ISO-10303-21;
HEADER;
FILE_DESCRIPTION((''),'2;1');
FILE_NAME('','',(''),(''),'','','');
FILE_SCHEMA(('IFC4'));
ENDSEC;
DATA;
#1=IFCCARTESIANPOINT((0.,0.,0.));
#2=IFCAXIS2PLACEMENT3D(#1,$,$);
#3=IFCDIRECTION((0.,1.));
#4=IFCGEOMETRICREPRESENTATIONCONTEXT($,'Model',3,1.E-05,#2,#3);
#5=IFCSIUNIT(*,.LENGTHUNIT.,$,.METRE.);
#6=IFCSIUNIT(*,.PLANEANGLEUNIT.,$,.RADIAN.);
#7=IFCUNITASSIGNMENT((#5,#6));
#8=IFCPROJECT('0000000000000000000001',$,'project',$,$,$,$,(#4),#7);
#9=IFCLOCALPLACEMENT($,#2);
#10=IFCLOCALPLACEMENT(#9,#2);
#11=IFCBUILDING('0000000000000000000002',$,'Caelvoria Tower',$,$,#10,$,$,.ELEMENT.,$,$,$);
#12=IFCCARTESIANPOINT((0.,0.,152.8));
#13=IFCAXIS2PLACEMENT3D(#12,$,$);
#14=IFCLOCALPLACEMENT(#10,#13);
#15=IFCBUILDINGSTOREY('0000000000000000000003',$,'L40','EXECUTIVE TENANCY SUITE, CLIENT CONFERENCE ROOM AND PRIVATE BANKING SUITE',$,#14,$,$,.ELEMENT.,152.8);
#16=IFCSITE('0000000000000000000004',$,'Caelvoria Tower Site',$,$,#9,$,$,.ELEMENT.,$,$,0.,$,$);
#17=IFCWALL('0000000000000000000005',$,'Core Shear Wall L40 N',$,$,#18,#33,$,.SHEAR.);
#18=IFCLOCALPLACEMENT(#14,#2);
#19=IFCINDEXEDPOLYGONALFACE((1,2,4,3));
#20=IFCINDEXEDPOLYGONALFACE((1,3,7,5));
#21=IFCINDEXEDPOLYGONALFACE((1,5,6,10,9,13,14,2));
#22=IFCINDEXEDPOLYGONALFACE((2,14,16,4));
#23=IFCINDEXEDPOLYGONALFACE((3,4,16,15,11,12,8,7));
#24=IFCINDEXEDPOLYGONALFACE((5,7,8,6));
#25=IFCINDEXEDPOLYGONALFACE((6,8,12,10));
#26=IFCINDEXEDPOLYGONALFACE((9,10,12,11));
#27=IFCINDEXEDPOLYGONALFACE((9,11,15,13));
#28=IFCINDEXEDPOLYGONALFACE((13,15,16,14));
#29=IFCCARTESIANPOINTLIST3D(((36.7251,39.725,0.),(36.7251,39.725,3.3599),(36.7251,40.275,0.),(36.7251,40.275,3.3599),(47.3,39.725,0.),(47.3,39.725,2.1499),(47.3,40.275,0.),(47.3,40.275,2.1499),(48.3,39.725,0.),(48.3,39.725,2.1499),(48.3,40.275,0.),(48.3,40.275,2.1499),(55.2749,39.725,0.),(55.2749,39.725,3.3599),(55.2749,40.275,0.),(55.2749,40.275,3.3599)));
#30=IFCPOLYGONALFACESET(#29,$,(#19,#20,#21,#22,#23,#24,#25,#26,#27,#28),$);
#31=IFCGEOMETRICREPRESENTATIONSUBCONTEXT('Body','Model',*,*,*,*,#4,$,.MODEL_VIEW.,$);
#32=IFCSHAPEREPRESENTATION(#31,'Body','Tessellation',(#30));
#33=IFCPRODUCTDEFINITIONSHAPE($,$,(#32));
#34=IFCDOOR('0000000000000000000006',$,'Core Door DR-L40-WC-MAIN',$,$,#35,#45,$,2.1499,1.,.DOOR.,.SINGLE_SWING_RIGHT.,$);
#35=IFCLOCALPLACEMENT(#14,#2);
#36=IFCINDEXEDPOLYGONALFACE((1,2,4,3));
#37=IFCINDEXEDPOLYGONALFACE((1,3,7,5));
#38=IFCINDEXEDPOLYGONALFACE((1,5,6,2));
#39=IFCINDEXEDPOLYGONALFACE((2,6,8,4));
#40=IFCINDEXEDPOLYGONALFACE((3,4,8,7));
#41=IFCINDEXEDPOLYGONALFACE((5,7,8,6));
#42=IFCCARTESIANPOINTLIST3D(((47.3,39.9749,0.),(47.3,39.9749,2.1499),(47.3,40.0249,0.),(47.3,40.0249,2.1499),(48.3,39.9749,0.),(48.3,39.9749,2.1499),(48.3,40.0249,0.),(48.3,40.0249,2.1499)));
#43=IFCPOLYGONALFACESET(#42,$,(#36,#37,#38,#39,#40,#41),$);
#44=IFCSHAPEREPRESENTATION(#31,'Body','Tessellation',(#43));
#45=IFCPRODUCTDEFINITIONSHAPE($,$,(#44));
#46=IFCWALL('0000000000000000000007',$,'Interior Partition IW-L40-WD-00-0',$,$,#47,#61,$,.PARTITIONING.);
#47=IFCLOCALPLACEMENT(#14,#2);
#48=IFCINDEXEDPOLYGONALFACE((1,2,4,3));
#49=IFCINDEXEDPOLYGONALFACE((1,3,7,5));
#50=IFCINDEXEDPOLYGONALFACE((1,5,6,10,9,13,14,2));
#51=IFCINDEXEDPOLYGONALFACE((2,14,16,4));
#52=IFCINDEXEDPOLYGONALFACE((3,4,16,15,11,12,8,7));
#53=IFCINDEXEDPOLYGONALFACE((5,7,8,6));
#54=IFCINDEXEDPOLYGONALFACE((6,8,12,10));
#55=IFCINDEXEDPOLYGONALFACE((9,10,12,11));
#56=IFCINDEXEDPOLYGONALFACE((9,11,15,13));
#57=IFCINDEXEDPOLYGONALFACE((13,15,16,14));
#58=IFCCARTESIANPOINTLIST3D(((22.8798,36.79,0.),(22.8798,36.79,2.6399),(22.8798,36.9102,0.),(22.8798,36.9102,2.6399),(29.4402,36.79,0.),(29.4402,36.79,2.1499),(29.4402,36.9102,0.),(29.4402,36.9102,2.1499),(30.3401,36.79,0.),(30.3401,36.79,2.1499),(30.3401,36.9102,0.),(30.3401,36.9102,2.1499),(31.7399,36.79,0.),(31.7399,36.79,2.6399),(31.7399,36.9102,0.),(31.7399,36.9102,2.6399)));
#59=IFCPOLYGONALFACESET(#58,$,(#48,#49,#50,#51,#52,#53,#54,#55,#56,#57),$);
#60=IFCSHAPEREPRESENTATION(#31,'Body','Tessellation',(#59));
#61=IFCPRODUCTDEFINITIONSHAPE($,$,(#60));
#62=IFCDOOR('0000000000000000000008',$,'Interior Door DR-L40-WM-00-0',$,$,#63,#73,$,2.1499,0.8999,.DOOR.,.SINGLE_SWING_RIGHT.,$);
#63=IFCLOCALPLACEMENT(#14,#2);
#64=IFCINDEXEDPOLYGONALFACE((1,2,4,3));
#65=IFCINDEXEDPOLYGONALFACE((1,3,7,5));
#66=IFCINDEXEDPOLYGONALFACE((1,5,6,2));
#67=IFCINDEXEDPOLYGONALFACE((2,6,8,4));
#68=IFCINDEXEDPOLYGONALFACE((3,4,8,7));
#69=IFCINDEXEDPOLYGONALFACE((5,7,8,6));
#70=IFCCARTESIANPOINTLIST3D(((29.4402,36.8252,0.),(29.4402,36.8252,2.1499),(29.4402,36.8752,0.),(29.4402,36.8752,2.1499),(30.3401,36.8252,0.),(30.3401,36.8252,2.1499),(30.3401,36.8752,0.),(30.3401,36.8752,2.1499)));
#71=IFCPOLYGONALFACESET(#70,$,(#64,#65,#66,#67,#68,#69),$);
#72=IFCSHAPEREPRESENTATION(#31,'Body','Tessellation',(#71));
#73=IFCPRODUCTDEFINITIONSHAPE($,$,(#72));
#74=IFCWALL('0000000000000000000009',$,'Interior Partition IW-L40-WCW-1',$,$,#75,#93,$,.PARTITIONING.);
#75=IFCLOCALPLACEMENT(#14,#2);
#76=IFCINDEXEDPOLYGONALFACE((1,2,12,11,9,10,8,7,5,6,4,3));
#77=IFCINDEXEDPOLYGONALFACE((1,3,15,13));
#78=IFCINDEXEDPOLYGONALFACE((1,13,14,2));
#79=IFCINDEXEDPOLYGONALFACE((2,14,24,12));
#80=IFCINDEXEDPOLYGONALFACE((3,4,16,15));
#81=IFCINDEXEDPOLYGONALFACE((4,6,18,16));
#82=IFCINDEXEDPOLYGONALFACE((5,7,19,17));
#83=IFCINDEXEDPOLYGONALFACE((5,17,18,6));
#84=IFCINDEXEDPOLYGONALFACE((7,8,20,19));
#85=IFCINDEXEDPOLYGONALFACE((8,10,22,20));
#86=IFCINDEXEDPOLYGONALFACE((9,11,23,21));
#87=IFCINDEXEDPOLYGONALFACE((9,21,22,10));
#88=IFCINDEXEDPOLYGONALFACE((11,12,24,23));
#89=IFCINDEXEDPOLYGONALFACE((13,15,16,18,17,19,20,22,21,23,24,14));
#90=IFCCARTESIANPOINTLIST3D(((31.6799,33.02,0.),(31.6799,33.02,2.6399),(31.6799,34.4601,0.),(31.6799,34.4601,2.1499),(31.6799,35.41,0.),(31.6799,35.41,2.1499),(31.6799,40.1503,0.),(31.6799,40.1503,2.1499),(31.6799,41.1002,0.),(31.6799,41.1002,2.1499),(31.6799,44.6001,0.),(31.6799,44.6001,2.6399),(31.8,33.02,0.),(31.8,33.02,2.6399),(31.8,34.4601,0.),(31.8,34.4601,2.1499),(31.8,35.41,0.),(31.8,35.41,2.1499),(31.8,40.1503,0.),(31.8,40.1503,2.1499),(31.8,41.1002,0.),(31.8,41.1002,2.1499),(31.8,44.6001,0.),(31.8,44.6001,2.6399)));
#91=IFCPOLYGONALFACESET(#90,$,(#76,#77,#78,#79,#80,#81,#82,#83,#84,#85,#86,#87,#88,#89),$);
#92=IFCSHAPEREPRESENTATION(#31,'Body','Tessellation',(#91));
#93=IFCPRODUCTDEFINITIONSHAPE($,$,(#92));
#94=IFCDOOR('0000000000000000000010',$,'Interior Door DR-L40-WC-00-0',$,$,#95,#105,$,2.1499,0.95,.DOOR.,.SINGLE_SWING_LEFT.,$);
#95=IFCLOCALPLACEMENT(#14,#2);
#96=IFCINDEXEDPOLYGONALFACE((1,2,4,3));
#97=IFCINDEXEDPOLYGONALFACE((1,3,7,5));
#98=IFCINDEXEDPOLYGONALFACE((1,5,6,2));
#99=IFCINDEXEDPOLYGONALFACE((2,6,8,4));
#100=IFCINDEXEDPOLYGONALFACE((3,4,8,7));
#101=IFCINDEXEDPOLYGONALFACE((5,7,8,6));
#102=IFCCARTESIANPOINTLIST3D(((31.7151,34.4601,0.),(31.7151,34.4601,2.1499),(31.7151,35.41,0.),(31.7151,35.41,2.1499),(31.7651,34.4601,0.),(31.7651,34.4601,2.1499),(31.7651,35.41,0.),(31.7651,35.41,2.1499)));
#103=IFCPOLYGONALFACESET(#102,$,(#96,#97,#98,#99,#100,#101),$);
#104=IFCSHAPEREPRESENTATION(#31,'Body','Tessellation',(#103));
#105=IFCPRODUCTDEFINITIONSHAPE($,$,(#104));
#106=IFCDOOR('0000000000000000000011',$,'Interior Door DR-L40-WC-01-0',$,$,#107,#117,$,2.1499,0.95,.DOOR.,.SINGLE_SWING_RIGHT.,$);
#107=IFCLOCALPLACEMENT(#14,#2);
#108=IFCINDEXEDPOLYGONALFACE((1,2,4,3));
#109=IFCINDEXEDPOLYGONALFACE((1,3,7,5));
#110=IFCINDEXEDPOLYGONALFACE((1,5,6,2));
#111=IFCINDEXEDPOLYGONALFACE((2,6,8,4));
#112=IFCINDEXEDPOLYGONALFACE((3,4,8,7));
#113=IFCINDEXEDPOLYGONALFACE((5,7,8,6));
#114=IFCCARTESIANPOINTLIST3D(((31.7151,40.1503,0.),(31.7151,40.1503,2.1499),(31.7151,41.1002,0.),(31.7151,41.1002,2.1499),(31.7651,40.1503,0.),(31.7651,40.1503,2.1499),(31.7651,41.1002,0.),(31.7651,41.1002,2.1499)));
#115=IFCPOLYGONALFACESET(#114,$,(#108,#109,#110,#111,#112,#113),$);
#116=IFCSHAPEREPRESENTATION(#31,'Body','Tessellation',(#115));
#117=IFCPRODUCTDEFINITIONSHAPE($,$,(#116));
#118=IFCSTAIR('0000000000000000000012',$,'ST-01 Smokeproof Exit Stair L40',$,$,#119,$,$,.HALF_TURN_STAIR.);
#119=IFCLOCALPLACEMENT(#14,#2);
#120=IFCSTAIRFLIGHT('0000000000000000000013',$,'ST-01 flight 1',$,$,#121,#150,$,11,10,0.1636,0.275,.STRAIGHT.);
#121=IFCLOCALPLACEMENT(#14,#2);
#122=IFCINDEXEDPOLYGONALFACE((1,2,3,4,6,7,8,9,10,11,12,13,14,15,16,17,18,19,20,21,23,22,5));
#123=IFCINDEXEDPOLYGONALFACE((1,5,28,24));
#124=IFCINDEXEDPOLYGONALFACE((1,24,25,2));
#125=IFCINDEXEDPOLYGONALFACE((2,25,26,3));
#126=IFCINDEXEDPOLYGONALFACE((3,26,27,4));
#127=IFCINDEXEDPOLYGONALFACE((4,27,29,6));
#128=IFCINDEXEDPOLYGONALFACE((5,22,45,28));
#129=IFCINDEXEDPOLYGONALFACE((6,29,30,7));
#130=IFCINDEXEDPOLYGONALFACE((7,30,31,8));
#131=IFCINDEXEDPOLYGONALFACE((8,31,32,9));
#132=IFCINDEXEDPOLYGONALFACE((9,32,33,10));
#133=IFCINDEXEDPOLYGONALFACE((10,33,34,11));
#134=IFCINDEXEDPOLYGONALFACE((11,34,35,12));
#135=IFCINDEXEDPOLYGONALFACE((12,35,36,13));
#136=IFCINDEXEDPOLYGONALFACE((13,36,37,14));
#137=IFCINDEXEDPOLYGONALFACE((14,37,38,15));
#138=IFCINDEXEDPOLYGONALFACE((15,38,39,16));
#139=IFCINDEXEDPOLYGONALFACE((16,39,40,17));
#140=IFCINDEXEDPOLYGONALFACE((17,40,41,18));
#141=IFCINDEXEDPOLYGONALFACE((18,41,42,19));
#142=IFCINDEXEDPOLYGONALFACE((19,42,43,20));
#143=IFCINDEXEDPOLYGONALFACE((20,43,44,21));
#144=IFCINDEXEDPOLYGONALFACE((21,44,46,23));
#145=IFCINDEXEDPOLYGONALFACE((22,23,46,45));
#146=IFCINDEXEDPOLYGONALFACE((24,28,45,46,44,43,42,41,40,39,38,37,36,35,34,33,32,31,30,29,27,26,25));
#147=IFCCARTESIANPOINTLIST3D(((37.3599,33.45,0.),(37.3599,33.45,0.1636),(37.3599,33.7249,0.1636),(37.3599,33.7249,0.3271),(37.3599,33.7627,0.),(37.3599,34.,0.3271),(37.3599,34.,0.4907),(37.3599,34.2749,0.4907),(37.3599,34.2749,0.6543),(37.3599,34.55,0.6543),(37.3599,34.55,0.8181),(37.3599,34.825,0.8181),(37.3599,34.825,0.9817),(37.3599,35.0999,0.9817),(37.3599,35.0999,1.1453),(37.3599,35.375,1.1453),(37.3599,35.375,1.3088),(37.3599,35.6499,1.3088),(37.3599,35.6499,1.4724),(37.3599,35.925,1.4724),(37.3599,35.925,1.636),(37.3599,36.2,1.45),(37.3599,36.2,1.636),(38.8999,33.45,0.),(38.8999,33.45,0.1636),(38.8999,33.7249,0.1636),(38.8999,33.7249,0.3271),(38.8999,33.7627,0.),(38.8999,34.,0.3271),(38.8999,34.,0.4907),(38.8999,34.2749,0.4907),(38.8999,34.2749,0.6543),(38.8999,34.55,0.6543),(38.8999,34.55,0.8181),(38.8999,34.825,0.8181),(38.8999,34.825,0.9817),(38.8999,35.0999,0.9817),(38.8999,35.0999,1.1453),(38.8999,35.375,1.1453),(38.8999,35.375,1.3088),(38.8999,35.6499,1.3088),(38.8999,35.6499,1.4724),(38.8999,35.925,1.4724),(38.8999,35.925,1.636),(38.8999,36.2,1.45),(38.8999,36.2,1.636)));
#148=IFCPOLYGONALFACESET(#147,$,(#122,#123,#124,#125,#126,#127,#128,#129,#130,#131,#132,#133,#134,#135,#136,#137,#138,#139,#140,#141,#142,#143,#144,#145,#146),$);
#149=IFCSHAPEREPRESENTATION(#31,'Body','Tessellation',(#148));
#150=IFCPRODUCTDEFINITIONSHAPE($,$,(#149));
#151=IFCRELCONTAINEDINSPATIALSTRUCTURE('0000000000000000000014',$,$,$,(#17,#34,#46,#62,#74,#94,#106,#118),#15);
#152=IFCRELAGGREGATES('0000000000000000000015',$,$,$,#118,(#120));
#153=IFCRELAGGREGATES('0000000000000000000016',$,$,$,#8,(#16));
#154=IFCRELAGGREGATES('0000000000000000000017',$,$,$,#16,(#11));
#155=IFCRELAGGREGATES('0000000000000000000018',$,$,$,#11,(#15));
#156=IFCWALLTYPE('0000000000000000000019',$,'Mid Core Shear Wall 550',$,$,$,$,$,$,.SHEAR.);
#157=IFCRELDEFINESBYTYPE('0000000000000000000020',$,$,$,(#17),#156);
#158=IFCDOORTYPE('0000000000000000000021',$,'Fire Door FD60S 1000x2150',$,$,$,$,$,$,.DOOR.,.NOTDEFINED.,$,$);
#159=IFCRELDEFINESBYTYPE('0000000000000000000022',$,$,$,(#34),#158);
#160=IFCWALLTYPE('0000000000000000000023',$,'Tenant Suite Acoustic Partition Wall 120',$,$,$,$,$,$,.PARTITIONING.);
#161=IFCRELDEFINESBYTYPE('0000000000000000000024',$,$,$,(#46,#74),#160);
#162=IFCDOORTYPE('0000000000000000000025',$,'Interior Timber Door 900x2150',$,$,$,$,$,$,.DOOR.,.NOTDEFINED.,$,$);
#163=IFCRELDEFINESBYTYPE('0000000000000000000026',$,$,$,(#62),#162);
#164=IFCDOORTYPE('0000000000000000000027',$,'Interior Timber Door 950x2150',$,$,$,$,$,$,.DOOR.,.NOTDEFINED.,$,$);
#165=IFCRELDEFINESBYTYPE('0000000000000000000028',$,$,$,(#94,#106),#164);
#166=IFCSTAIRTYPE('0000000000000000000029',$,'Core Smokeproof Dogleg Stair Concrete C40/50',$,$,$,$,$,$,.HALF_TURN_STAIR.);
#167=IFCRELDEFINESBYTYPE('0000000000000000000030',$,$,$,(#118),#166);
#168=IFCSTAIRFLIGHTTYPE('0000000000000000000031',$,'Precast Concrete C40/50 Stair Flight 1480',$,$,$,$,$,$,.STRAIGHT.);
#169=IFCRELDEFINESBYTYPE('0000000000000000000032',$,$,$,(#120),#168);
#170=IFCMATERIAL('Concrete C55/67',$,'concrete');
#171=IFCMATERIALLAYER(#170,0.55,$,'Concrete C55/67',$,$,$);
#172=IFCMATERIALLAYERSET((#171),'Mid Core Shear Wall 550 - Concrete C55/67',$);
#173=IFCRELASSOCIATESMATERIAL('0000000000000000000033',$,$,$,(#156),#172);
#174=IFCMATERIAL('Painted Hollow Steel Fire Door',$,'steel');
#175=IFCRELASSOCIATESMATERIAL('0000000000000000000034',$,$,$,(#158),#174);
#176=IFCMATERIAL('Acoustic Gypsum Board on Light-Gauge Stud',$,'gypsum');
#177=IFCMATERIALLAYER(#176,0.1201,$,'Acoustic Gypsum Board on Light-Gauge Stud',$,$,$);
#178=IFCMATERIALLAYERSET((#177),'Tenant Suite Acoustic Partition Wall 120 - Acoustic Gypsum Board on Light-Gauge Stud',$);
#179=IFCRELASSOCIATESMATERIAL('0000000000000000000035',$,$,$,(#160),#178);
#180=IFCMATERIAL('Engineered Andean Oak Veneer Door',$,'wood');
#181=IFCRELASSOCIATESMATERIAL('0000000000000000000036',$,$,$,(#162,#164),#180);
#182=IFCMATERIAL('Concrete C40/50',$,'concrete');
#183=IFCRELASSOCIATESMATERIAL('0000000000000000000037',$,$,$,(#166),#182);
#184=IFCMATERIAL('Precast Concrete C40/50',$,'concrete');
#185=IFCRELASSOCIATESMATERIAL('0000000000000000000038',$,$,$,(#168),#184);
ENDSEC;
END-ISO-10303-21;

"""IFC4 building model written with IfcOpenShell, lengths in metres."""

from ifc_helpers import new_model, si_unit, direction, frame, frame_2d, origin, place, context, subcontext, project, spatial, polyline, rectangle, outline, extrude, material, layer, layer_set, type_object, element, fill, aggregate, save


model = new_model("IFC4")

# Units and contexts
model_context = context("Model", 3, precision=1e-05, world=origin(), true_north=direction((0.0, 1.0)))
body_context = subcontext(model_context, "Body", "Model", "MODEL_VIEW")
ifc_project = project(units=[si_unit("LENGTHUNIT", "METRE"), si_unit("PLANEANGLEUNIT", "RADIAN")], contexts=[model_context])

# Site, building, storey
site_placement = place(None, origin())
site = spatial("IfcSite", under=ifc_project, at=site_placement, Name="Caelvoria Tower Site", CompositionType="ELEMENT", RefElevation=0.0)
building_placement = place(site_placement, origin())
building = spatial("IfcBuilding", under=site, at=building_placement, Name="Caelvoria Tower", CompositionType="ELEMENT")
storey_placement = place(building_placement, frame((0.0, 0.0, 152.8)))
storey = spatial("IfcBuildingStorey", under=building, at=storey_placement, Name="L40", Description="EXECUTIVE TENANCY SUITE, CLIENT CONFERENCE ROOM AND PRIVATE BANKING SUITE", CompositionType="ELEMENT", Elevation=152.8)

# Walls, openings, doors
ifc_material_1 = material(Name="Concrete C55/67", Category="concrete")
ifc_layer_1 = layer(ifc_material_1, 0.55, Name="Concrete C55/67")
ifc_layer_set_1 = layer_set([ifc_layer_1], Name="Mid Core Shear Wall 550 - Concrete C55/67")
wall_type_1 = type_object("IfcWallType", Name="Mid Core Shear Wall 550", PredefinedType="SHEAR", material=ifc_layer_set_1)
wall_1_placement = place(storey_placement, frame((36.7251, 40.0, 0.0), z_axis=(0.0, 0.0, 1.0), x_axis=(1.0, 0.0, 0.0)))
wall_1 = element("IfcWall", 1, at=wall_1_placement, inside=storey, type_object=wall_type_1, Name="Core Shear Wall L40 N", PredefinedType="SHEAR", context=body_context, shape_type="SweptSolid", body=[
    extrude(rectangle(XDim=18.5498, YDim=0.55, at=frame_2d((9.2749, 0.0))), origin(), (0.0, 0.0, 1.0), 3.3599),
])
opening_1_placement = place(wall_1_placement, frame((10.575, 0.0, 0.0)))
opening_1 = element("IfcOpeningElement", 2, at=opening_1_placement, cuts=wall_1, PredefinedType="OPENING", context=body_context, shape_type="SweptSolid", body=[
    extrude(rectangle(XDim=1.0, YDim=2.1499, at=frame_2d((0.5, 1.075))), frame((0.0, 0.2849, 0.0), z_axis=(0.0, -1.0, 0.0), x_axis=(1.0, 0.0, 0.0)), (0.0, 0.0, 1.0), 0.5701),
])
ifc_material_2 = material(Name="Painted Hollow Steel Fire Door", Category="steel")
door_type_1 = type_object("IfcDoorType", Name="Fire Door FD60S 1000x2150", OperationType="NOTDEFINED", PredefinedType="DOOR", material=ifc_material_2)
door_1_placement = place(opening_1_placement, origin())
door_1 = element("IfcDoor", 3, at=door_1_placement, inside=storey, type_object=door_type_1, Name="Core Door DR-L40-WC-MAIN", OperationType="SINGLE_SWING_RIGHT", OverallHeight=2.1499, OverallWidth=1.0, PredefinedType="DOOR", context=body_context, shape_type="SweptSolid", body=[
    extrude(rectangle(XDim=1.0, YDim=2.1499, at=frame_2d((0.5, 1.075))), frame((0.0, 0.0249, 0.0), z_axis=(0.0, -1.0, 0.0), x_axis=(1.0, 0.0, 0.0)), (0.0, 0.0, 1.0), 0.05),
])
fill(opening_1, door_1)
ifc_material_3 = material(Name="Acoustic Gypsum Board on Light-Gauge Stud", Category="gypsum")
ifc_layer_2 = layer(ifc_material_3, 0.1201, Name="Acoustic Gypsum Board on Light-Gauge Stud")
ifc_layer_set_2 = layer_set([ifc_layer_2], Name="Tenant Suite Acoustic Partition Wall 120 - Acoustic Gypsum Board on Light-Gauge Stud")
wall_type_2 = type_object("IfcWallType", Name="Tenant Suite Acoustic Partition Wall 120", PredefinedType="PARTITIONING", material=ifc_layer_set_2)
wall_2_placement = place(storey_placement, frame((31.74, 36.8501, 0.0), z_axis=(0.0, 0.0, 1.0), x_axis=(-1.0, 0.0, 0.0)))
wall_2 = element("IfcWall", 4, at=wall_2_placement, inside=storey, type_object=wall_type_2, Name="Interior Partition IW-L40-WD-00-0", PredefinedType="PARTITIONING", context=body_context, shape_type="SweptSolid", body=[
    extrude(rectangle(XDim=8.8601, YDim=0.1201, at=frame_2d((4.4302, 0.0))), origin(), (0.0, 0.0, 1.0), 2.6399),
])
opening_2_placement = place(wall_2_placement, frame((1.3999, 0.0, 0.0)))
opening_2 = element("IfcOpeningElement", 5, at=opening_2_placement, cuts=wall_2, PredefinedType="OPENING", context=body_context, shape_type="SweptSolid", body=[
    extrude(rectangle(XDim=0.8999, YDim=2.1499, at=frame_2d((0.45, 1.075))), frame((0.0, 0.0701, 0.0), z_axis=(0.0, -1.0, 0.0), x_axis=(1.0, 0.0, 0.0)), (0.0, 0.0, 1.0), 0.1401),
])
ifc_material_4 = material(Name="Engineered Andean Oak Veneer Door", Category="wood")
door_type_2 = type_object("IfcDoorType", Name="Interior Timber Door 900x2150", OperationType="NOTDEFINED", PredefinedType="DOOR", material=ifc_material_4)
door_2_placement = place(opening_2_placement, origin())
door_2 = element("IfcDoor", 6, at=door_2_placement, inside=storey, type_object=door_type_2, Name="Interior Door DR-L40-WM-00-0", OperationType="SINGLE_SWING_RIGHT", OverallHeight=2.1499, OverallWidth=0.8999, PredefinedType="DOOR", context=body_context, shape_type="SweptSolid", body=[
    extrude(rectangle(XDim=0.8999, YDim=2.1499, at=frame_2d((0.45, 1.075))), frame((0.0, 0.0249, 0.0), z_axis=(0.0, -1.0, 0.0), x_axis=(1.0, 0.0, 0.0)), (0.0, 0.0, 1.0), 0.05),
])
fill(opening_2, door_2)

# Wall, openings, doors
wall_3_placement = place(storey_placement, frame((31.74, 33.02, 0.0), z_axis=(0.0, 0.0, 1.0), x_axis=(0.0, 1.0, 0.0)))
wall_3 = element("IfcWall", 7, at=wall_3_placement, inside=storey, type_object=wall_type_2, Name="Interior Partition IW-L40-WCW-1", PredefinedType="PARTITIONING", context=body_context, shape_type="SweptSolid", body=[
    extrude(rectangle(XDim=11.5801, YDim=0.1201, at=frame_2d((5.79, 0.0))), origin(), (0.0, 0.0, 1.0), 2.6399),
])
opening_3_placement = place(wall_3_placement, frame((1.4399, 0.0, 0.0)))
opening_3 = element("IfcOpeningElement", 8, at=opening_3_placement, cuts=wall_3, PredefinedType="OPENING", context=body_context, shape_type="SweptSolid", body=[
    extrude(rectangle(XDim=0.95, YDim=2.1499, at=frame_2d((0.4751, 1.075))), frame((0.0, 0.0701, 0.0), z_axis=(0.0, -1.0, 0.0), x_axis=(1.0, 0.0, 0.0)), (0.0, 0.0, 1.0), 0.1401),
])
opening_4_placement = place(wall_3_placement, frame((7.1301, 0.0, 0.0)))
opening_4 = element("IfcOpeningElement", 9, at=opening_4_placement, cuts=wall_3, PredefinedType="OPENING", context=body_context, shape_type="SweptSolid", body=[
    extrude(rectangle(XDim=0.95, YDim=2.1499, at=frame_2d((0.4751, 1.075))), frame((0.0, 0.0701, 0.0), z_axis=(0.0, -1.0, 0.0), x_axis=(1.0, 0.0, 0.0)), (0.0, 0.0, 1.0), 0.1401),
])
door_type_3 = type_object("IfcDoorType", Name="Interior Timber Door 950x2150", OperationType="NOTDEFINED", PredefinedType="DOOR", material=ifc_material_4)
door_3_placement = place(opening_3_placement, origin())
door_3 = element("IfcDoor", 10, at=door_3_placement, inside=storey, type_object=door_type_3, Name="Interior Door DR-L40-WC-00-0", OperationType="SINGLE_SWING_LEFT", OverallHeight=2.1499, OverallWidth=0.95, PredefinedType="DOOR", context=body_context, shape_type="SweptSolid", body=[
    extrude(rectangle(XDim=0.95, YDim=2.1499, at=frame_2d((0.4751, 1.075))), frame((0.0, 0.0249, 0.0), z_axis=(0.0, -1.0, 0.0), x_axis=(1.0, 0.0, 0.0)), (0.0, 0.0, 1.0), 0.05),
])
fill(opening_3, door_3)
door_4_placement = place(opening_4_placement, origin())
door_4 = element("IfcDoor", 11, at=door_4_placement, inside=storey, type_object=door_type_3, Name="Interior Door DR-L40-WC-01-0", OperationType="SINGLE_SWING_RIGHT", OverallHeight=2.1499, OverallWidth=0.95, PredefinedType="DOOR", context=body_context, shape_type="SweptSolid", body=[
    extrude(rectangle(XDim=0.95, YDim=2.1499, at=frame_2d((0.4751, 1.075))), frame((0.0, 0.0249, 0.0), z_axis=(0.0, -1.0, 0.0), x_axis=(1.0, 0.0, 0.0)), (0.0, 0.0, 1.0), 0.05),
])
fill(opening_4, door_4)

# Stair, stair flight
ifc_material_5 = material(Name="Concrete C40/50", Category="concrete")
stair_type = type_object("IfcStairType", Name="Core Smokeproof Dogleg Stair Concrete C40/50", PredefinedType="HALF_TURN_STAIR", material=ifc_material_5)
stair_placement = place(storey_placement, origin())
stair = element("IfcStair", 12, at=stair_placement, inside=storey, type_object=stair_type, Name="ST-01 Smokeproof Exit Stair L40", PredefinedType="HALF_TURN_STAIR")
ifc_material_6 = material(Name="Precast Concrete C40/50", Category="concrete")
stair_flight_type = type_object("IfcStairFlightType", Name="Precast Concrete C40/50 Stair Flight 1480", PredefinedType="STRAIGHT", material=ifc_material_6)
stair_flight_1_placement = place(storey_placement, frame((38.1299, 33.45, 0.0), z_axis=(0.0, 0.0, 1.0), x_axis=(0.0, 1.0, 0.0)))
stair_flight_1 = element("IfcStairFlight", 13, at=stair_flight_1_placement, type_object=stair_flight_type, Name="ST-01 flight 1", NumberOfRisers=11, NumberOfTreads=10, PredefinedType="STRAIGHT", RiserHeight=0.1636, TreadLength=0.275, context=body_context, shape_type="SweptSolid", body=[
    extrude(outline(polyline([(0.0, 0.0), (0.0, 0.1636), (0.2749, 0.1636), (0.2749, 0.3271), (0.55, 0.3271), (0.55, 0.4907), (0.825, 0.4907), (0.825, 0.6543), (1.1001, 0.6543), (1.1001, 0.8181), (1.375, 0.8181), (1.375, 0.9817), (1.6499, 0.9817), (1.6499, 1.1453), (1.925, 1.1453), (1.925, 1.3088), (2.2, 1.3088), (2.2, 1.4724), (2.4751, 1.4724), (2.4751, 1.636), (2.75, 1.636), (2.75, 1.7996), (2.75, 1.45), (0.3127, 0.0), (0.0, 0.0)])), frame((0.0, 0.77, 0.0), z_axis=(0.0, -1.0, 0.0), x_axis=(1.0, 0.0, 0.0)), (0.0, 0.0, 1.0), 1.54),
])
aggregate(stair, [stair_flight_1])

save(model, "model.ifc")
